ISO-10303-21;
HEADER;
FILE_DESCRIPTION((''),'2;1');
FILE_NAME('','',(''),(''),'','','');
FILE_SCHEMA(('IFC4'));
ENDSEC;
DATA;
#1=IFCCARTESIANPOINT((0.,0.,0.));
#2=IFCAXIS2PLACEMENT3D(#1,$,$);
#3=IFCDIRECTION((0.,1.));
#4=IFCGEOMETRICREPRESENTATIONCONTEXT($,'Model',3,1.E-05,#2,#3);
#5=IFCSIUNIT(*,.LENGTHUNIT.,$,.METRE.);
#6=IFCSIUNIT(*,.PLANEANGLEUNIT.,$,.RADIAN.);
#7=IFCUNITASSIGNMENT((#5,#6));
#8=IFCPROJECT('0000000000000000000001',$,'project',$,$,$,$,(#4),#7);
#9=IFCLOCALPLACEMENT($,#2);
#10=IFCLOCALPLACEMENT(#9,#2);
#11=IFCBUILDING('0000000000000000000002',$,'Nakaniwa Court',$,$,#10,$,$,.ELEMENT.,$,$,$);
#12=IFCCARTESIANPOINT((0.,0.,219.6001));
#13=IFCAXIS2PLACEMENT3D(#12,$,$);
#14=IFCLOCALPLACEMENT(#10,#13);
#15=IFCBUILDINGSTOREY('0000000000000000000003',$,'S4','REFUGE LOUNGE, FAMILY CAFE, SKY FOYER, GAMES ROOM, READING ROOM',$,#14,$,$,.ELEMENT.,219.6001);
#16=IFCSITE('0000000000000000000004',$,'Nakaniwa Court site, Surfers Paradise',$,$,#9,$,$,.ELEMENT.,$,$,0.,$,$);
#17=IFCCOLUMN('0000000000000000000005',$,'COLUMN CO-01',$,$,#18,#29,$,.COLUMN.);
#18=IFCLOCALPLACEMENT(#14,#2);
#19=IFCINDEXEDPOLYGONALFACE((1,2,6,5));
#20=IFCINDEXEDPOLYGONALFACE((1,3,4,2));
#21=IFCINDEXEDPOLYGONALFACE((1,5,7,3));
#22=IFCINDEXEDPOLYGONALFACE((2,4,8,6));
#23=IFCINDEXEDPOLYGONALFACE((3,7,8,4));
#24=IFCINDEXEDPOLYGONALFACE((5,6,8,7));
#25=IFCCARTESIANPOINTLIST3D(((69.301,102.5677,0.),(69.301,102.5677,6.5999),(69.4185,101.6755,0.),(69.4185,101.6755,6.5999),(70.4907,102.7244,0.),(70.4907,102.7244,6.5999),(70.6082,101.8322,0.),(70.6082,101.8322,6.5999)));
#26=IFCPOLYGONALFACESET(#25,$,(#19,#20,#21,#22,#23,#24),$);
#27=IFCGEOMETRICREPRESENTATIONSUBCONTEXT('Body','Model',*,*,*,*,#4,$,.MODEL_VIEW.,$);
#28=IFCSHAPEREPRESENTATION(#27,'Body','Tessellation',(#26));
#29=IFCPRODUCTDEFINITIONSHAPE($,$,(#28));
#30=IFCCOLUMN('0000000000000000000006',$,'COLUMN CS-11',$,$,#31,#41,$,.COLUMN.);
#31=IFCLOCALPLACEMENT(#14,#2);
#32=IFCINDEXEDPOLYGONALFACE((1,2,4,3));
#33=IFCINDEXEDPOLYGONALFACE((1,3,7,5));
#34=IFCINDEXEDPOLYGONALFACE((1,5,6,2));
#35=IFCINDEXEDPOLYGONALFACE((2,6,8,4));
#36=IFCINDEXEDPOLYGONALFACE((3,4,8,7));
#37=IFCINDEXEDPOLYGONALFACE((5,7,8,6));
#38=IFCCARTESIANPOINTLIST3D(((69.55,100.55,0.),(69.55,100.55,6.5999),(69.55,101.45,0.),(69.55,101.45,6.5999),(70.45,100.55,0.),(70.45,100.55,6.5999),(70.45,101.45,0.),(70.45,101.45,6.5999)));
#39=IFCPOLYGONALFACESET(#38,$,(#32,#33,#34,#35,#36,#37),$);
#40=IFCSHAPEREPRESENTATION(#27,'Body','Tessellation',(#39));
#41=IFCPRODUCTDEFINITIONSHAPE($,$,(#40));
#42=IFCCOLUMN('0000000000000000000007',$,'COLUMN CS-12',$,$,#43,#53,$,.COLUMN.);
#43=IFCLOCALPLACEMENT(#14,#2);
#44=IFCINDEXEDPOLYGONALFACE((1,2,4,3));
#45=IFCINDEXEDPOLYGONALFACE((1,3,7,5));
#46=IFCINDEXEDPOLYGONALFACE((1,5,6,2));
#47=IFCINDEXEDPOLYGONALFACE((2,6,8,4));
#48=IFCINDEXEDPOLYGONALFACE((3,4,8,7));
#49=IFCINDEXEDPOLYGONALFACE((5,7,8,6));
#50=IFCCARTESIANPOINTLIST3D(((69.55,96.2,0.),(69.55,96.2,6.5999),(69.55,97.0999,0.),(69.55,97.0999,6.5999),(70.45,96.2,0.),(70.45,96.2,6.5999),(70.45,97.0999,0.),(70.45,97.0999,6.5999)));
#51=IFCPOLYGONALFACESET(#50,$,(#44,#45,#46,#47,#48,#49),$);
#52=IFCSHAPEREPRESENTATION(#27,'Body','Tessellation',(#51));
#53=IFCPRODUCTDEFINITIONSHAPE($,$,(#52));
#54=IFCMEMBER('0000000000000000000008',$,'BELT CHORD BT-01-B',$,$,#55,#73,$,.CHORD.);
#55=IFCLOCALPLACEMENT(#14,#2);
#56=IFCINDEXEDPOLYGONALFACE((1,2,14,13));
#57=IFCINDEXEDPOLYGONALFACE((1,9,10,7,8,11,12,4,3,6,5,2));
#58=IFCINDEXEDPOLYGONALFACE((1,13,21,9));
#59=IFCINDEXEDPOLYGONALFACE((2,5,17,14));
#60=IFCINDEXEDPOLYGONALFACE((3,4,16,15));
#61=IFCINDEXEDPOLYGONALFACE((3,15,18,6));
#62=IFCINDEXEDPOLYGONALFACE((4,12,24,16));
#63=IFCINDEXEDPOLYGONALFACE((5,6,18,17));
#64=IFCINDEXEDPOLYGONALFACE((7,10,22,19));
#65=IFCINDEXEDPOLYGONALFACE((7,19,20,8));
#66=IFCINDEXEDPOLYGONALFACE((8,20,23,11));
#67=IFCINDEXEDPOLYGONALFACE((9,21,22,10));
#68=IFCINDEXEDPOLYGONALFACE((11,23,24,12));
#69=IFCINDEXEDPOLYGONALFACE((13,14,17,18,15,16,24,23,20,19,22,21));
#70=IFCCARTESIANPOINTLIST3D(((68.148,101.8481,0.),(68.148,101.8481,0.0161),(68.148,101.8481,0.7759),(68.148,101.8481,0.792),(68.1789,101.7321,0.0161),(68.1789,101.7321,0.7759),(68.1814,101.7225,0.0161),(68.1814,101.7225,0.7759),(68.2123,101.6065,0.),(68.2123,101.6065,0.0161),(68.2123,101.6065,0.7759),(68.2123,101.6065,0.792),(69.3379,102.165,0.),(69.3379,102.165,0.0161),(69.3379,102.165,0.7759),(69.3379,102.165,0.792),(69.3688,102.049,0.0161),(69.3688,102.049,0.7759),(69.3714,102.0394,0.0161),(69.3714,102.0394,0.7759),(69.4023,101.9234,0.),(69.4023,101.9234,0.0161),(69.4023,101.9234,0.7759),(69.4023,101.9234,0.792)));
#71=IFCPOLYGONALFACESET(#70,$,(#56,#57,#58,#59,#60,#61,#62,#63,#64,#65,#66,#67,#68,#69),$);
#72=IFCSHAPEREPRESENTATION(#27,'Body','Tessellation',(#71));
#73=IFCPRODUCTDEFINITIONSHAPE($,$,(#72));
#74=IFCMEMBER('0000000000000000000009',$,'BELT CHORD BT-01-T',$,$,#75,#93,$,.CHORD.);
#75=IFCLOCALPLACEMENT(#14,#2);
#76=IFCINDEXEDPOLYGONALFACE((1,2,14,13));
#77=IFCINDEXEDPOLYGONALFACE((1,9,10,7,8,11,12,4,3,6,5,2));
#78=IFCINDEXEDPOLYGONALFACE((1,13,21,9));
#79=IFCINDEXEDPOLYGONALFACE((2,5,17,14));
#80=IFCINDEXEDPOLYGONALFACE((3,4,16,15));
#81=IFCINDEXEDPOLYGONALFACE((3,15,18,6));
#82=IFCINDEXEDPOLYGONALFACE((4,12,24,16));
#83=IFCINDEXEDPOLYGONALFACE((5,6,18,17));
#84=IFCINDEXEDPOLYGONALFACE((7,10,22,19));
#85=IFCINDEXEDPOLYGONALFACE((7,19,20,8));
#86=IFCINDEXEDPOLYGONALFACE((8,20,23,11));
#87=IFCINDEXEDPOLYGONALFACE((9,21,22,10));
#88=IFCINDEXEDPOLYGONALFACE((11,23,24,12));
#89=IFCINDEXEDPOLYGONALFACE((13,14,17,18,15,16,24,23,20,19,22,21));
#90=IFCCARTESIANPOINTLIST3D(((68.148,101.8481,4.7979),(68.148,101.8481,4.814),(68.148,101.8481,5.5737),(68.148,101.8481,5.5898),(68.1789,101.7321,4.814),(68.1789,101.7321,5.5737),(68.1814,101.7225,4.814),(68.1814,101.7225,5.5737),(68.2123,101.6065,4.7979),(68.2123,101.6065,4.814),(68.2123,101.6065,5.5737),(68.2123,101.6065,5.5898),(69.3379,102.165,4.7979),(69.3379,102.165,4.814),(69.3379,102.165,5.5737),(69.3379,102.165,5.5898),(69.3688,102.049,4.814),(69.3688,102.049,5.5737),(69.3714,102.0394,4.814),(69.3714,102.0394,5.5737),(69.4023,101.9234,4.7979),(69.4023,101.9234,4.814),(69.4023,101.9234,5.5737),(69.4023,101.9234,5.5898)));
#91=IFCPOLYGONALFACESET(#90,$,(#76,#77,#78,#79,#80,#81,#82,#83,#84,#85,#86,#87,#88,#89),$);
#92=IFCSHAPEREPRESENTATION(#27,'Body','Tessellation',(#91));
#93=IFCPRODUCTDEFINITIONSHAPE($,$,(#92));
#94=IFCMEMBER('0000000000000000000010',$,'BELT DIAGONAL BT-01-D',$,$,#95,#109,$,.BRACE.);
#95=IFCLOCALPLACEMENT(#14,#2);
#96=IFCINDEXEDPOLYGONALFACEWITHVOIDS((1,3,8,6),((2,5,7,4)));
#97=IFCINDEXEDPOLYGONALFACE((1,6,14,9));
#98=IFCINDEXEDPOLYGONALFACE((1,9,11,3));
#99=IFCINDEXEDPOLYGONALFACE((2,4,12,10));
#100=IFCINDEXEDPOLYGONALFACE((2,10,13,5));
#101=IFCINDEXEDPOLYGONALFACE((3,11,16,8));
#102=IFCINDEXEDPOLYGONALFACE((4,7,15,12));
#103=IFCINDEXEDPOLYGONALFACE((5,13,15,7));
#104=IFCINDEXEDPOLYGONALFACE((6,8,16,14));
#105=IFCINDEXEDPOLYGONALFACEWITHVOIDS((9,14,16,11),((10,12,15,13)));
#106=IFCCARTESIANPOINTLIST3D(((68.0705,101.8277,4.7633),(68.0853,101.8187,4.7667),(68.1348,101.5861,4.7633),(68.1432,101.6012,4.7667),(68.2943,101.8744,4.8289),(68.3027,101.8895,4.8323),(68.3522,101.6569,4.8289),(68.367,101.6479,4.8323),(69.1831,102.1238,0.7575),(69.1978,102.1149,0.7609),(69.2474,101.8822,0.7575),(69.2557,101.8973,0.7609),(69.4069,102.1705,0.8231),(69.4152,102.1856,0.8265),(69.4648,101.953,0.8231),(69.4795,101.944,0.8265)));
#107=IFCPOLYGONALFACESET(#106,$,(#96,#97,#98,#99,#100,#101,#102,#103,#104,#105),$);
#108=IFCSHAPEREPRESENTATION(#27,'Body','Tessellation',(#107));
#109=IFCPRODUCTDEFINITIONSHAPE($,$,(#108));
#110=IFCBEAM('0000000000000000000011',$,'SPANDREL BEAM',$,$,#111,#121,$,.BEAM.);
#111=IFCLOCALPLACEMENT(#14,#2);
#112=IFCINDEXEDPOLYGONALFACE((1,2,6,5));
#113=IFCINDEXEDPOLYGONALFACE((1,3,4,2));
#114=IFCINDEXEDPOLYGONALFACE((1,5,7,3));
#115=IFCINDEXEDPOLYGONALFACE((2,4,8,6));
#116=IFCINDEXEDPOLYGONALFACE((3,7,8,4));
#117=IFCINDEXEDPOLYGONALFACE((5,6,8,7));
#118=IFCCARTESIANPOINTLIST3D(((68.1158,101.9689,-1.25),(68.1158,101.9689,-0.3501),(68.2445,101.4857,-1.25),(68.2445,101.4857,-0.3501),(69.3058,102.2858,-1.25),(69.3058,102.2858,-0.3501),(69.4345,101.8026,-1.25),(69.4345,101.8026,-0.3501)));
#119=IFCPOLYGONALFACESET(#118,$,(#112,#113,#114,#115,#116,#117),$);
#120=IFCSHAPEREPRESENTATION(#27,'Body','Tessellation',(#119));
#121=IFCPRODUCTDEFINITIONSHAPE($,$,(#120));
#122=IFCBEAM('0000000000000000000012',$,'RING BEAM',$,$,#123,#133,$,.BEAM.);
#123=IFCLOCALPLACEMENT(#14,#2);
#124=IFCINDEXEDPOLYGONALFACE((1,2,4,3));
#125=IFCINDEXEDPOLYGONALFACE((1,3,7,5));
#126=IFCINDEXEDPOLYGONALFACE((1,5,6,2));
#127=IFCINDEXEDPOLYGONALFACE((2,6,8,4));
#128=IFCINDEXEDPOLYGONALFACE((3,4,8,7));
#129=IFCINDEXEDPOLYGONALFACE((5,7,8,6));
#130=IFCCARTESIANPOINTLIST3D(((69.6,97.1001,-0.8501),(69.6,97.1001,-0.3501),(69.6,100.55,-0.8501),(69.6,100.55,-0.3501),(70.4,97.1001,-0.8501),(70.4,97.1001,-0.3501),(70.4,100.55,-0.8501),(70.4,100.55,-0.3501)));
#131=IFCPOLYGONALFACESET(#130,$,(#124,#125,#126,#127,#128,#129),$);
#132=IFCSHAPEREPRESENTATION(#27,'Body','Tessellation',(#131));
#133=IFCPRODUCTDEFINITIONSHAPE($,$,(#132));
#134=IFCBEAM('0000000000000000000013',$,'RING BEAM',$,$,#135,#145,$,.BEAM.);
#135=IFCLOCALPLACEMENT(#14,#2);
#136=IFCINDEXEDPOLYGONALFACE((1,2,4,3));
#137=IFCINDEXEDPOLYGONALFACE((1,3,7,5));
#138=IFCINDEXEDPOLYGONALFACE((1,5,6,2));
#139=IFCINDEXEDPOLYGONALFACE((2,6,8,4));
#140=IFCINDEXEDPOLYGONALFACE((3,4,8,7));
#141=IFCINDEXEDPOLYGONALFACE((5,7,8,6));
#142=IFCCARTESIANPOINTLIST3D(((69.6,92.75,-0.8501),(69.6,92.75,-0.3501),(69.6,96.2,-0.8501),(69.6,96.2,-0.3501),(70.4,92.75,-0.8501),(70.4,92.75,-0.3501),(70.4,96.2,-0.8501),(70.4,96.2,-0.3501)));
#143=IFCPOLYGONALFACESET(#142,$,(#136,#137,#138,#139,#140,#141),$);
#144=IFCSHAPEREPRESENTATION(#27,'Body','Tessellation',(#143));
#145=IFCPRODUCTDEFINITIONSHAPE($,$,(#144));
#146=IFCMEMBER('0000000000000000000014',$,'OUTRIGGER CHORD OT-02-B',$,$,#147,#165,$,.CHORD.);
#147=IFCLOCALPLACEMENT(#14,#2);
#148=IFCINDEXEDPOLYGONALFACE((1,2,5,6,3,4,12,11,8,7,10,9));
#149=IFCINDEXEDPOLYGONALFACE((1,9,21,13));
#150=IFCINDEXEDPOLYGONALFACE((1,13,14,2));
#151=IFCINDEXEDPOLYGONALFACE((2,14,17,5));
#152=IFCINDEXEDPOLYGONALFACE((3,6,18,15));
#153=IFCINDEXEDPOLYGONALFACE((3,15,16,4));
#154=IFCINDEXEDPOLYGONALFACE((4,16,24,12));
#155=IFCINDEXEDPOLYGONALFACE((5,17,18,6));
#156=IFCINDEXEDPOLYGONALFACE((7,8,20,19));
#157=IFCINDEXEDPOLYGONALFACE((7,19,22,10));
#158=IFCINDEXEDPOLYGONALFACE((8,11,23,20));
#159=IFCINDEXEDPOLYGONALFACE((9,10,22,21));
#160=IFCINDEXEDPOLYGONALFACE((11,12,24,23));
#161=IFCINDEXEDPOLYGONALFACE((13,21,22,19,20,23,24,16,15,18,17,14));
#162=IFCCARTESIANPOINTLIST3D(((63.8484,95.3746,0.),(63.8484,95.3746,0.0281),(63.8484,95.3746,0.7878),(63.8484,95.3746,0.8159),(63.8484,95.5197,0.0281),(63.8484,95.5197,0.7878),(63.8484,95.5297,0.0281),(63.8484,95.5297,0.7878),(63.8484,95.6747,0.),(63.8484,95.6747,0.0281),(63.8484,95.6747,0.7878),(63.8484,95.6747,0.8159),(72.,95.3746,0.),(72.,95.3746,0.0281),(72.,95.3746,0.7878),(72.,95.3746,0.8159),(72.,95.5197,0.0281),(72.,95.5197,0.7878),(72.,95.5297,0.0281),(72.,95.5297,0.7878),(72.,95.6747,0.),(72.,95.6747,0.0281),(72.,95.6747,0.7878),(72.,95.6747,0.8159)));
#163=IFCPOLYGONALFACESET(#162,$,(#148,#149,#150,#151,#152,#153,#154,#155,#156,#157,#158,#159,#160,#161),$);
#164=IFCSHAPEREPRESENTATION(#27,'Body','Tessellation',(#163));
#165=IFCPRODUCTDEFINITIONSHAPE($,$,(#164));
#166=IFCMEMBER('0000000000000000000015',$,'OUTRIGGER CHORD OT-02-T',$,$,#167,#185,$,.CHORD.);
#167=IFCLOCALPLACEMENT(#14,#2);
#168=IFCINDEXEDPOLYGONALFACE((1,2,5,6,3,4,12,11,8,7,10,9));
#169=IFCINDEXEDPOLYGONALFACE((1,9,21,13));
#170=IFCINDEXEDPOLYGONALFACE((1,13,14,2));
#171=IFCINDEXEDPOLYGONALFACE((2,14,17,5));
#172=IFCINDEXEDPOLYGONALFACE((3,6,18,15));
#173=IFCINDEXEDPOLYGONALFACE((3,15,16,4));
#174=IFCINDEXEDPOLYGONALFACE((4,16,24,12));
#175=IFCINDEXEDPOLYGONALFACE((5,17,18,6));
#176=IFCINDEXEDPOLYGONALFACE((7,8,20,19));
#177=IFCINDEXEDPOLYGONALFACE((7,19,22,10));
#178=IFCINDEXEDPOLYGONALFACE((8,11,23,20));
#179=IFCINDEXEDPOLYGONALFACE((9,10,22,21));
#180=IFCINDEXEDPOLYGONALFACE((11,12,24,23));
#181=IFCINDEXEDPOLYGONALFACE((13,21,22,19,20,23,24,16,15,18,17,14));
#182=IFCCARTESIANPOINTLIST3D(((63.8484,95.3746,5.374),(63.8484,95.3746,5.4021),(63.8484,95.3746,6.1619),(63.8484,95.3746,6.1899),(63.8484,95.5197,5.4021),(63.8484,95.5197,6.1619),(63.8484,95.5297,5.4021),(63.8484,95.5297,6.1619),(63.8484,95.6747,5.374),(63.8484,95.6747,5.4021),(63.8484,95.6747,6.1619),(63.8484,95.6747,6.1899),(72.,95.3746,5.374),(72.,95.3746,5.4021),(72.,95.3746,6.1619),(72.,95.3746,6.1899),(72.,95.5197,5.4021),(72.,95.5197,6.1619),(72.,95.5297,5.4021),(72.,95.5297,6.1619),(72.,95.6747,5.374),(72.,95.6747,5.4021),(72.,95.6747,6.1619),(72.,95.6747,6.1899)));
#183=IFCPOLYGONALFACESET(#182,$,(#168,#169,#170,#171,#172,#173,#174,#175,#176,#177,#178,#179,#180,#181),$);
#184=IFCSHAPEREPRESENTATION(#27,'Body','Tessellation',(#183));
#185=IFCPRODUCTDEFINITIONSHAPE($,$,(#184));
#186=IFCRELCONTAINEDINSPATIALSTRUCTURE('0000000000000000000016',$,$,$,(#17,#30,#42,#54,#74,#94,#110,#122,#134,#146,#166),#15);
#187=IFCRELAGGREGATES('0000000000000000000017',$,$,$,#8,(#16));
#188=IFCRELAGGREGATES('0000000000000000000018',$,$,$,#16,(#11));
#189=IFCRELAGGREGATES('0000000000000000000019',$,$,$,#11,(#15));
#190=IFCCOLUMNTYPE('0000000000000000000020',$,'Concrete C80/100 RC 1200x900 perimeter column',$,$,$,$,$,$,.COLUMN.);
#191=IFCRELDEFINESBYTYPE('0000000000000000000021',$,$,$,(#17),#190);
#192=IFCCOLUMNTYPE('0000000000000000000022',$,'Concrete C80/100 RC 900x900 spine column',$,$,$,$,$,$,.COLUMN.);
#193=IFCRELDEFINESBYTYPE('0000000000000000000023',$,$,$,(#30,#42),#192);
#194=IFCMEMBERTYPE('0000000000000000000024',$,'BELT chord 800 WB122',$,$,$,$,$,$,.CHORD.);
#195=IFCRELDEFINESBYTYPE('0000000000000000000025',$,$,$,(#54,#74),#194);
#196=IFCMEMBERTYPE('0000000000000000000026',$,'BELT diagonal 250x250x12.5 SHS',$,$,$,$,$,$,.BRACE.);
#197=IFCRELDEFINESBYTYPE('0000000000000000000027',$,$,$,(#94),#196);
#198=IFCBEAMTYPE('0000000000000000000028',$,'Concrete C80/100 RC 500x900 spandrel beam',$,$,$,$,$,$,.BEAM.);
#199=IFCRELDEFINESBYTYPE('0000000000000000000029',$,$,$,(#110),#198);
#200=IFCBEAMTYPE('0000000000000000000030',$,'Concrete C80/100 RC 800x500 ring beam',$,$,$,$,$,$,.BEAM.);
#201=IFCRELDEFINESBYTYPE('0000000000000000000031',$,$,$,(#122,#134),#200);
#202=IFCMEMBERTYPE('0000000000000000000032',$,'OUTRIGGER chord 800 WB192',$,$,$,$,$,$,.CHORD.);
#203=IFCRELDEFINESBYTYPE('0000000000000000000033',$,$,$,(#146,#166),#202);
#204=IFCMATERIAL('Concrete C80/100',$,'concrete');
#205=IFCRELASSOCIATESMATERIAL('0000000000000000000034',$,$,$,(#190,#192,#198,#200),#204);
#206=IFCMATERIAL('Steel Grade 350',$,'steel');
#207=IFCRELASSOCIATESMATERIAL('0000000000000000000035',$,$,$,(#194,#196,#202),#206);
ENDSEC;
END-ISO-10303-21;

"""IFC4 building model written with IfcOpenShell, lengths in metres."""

from ifc_helpers import new_model, si_unit, direction, frame, origin, origin_2d, place, context, subcontext, project, spatial, rectangle, hollow_rectangle, i_section, extrude, material, material_profile, profile_set, type_object, element, save


model = new_model("IFC4")

# Units and contexts
model_context = context("Model", 3, precision=1e-05, world=origin(), true_north=direction((0.0, 1.0)))
body_context = subcontext(model_context, "Body", "Model", "MODEL_VIEW")
ifc_project = project(units=[si_unit("LENGTHUNIT", "METRE"), si_unit("PLANEANGLEUNIT", "RADIAN")], contexts=[model_context])

# Site, building, storey
site_placement = place(None, origin())
site = spatial("IfcSite", under=ifc_project, at=site_placement, Name="Nakaniwa Court site, Surfers Paradise", CompositionType="ELEMENT", RefElevation=0.0)
building_placement = place(site_placement, origin())
building = spatial("IfcBuilding", under=site, at=building_placement, Name="Nakaniwa Court", CompositionType="ELEMENT")
storey_placement = place(building_placement, frame((0.0, 0.0, 219.6001)))
storey = spatial("IfcBuildingStorey", under=building, at=storey_placement, Name="S4", Description="REFUGE LOUNGE, FAMILY CAFE, SKY FOYER, GAMES ROOM, READING ROOM", CompositionType="ELEMENT", Elevation=219.6001)

# Columns
ifc_material_1 = material(Name="Concrete C80/100", Category="concrete")
ifc_material_profile_1 = material_profile(ifc_material_1, rectangle(XDim=1.2, YDim=0.8999, at=origin_2d()), Name="Concrete C80/100 RC 1200x900 perimeter column")
ifc_profile_set_1 = profile_set([ifc_material_profile_1], Name="Concrete C80/100")
column_type_1 = type_object("IfcColumnType", Name="Concrete C80/100 RC 1200x900 perimeter column", PredefinedType="COLUMN", material=ifc_profile_set_1)
column_placement = place(storey_placement, frame((69.9546, 102.2, 0.0), z_axis=(0.0, 0.0, 1.0), x_axis=(-0.991443, -0.130543, 0.0)))
element("IfcColumn", 1, at=column_placement, inside=storey, type_object=column_type_1, Name="COLUMN CO-01", PredefinedType="COLUMN", context=body_context, shape_type="SweptSolid", body=[
    extrude(rectangle(XDim=1.2, YDim=0.8999, at=origin_2d()), origin(), (0.0, 0.0, 1.0), 6.5999),
])
ifc_material_profile_2 = material_profile(ifc_material_1, rectangle(XDim=0.8999, YDim=0.8999, at=origin_2d()), Name="Concrete C80/100 RC 900x900 spine column")
ifc_profile_set_2 = profile_set([ifc_material_profile_2], Name="Concrete C80/100")
column_type_2 = type_object("IfcColumnType", Name="Concrete C80/100 RC 900x900 spine column", PredefinedType="COLUMN", material=ifc_profile_set_2)
for number, where, z_axis, x_axis, name in (
    (2, (70.0, 101.0, 0.0), (0.0, 0.0, 1.0), (0.0, -1.0, 0.0), "COLUMN CS-11"),
    (3, (70.0, 96.6499, 0.0), (0.0, 0.0, 1.0), (0.0, -1.0, 0.0), "COLUMN CS-12"),
):
    element("IfcColumn", number, at=place(storey_placement, frame(where, z_axis=z_axis, x_axis=x_axis)), inside=storey, type_object=column_type_2, Name=name, PredefinedType="COLUMN", context=body_context, shape_type="SweptSolid", body=[
        extrude(rectangle(XDim=0.8999, YDim=0.8999, at=origin_2d()), origin(), (0.0, 0.0, 1.0), 6.5999),
    ])

# Members
ifc_material_2 = material(Name="Steel Grade 350", Category="steel")
ifc_material_profile_3 = material_profile(ifc_material_2, i_section(OverallWidth=0.25, OverallDepth=0.792, WebThickness=0.01, FlangeThickness=0.0161, at=origin_2d()), Name="800WB122")
ifc_profile_set_3 = profile_set([ifc_material_profile_3], Name="Steel Grade 350")
member_type_1 = type_object("IfcMemberType", Name="BELT chord 800 WB122", PredefinedType="CHORD", material=ifc_profile_set_3)
for number, where, z_axis, x_axis, name in (
    (4, (69.3701, 102.0442, 0.396), (-0.96632, -0.257342, 0.0), (0.257342, -0.96632, 0.0), "BELT CHORD BT-01-B"),
    (5, (69.3701, 102.0442, 5.1938), (-0.96632, -0.257342, 0.0), (0.257342, -0.96632, 0.0), "BELT CHORD BT-01-T"),
):
    element("IfcMember", number, at=place(storey_placement, frame(where, z_axis=z_axis, x_axis=x_axis)), inside=storey, type_object=member_type_1, Name=name, PredefinedType="CHORD", context=body_context, shape_type="SweptSolid", body=[
        extrude(i_section(OverallWidth=0.25, OverallDepth=0.792, WebThickness=0.01, FlangeThickness=0.0161, at=origin_2d()), origin(), (0.0, 0.0, 1.0), 1.2314),
    ])
ifc_material_profile_4 = material_profile(ifc_material_2, hollow_rectangle(XDim=0.25, YDim=0.25, WallThickness=0.0125, at=origin_2d()), Name="BELT diagonal 250x250x12.5 SHS")
ifc_profile_set_4 = profile_set([ifc_material_profile_4], Name="Steel Grade 350")
member_type_2 = type_object("IfcMemberType", Name="BELT diagonal 250x250x12.5 SHS", PredefinedType="BRACE", material=ifc_profile_set_4)
member_1_placement = place(storey_placement, frame((69.3313, 102.0339, 0.792), z_axis=(-0.266925, -0.071051, 0.961095), x_axis=(0.257227, -0.966351, 0.0)))
element("IfcMember", 6, at=member_1_placement, inside=storey, type_object=member_type_2, Name="BELT DIAGONAL BT-01-D", PredefinedType="BRACE", context=body_context, shape_type="SweptSolid", body=[
    extrude(hollow_rectangle(XDim=0.25, YDim=0.25, WallThickness=0.0125, at=origin_2d()), origin(), (0.0, 0.0, 1.0), 4.168),
])

# Beams
ifc_material_profile_5 = material_profile(ifc_material_1, rectangle(XDim=0.5, YDim=0.8999, at=origin_2d()), Name="Concrete C80/100 RC 500x900 spandrel beam")
ifc_profile_set_5 = profile_set([ifc_material_profile_5], Name="Concrete C80/100")
beam_type_1 = type_object("IfcBeamType", Name="Concrete C80/100 RC 500x900 spandrel beam", PredefinedType="BEAM", material=ifc_profile_set_5)
beam_placement = place(storey_placement, frame((69.3701, 102.0442, -0.8), z_axis=(-0.96632, -0.257342, 0.0), x_axis=(0.257342, -0.96632, 0.0)))
element("IfcBeam", 7, at=beam_placement, inside=storey, type_object=beam_type_1, Name="SPANDREL BEAM", PredefinedType="BEAM", context=body_context, shape_type="SweptSolid", body=[
    extrude(rectangle(XDim=0.5, YDim=0.8999, at=origin_2d()), origin(), (0.0, 0.0, 1.0), 1.2314),
])
ifc_material_profile_6 = material_profile(ifc_material_1, rectangle(XDim=0.8, YDim=0.5, at=origin_2d()), Name="Concrete C80/100 RC 800x500 ring beam")
ifc_profile_set_6 = profile_set([ifc_material_profile_6], Name="Concrete C80/100")
beam_type_2 = type_object("IfcBeamType", Name="Concrete C80/100 RC 800x500 ring beam", PredefinedType="BEAM", material=ifc_profile_set_6)
for number, where, z_axis, x_axis, name in (
    (8, (70.0, 100.55, -0.6001), (0.0, -1.0, 0.0), (1.0, 0.0, 0.0), "RING BEAM"),
    (9, (70.0, 96.2, -0.6001), (0.0, -1.0, 0.0), (1.0, 0.0, 0.0), "RING BEAM"),
):
    element("IfcBeam", number, at=place(storey_placement, frame(where, z_axis=z_axis, x_axis=x_axis)), inside=storey, type_object=beam_type_2, Name=name, PredefinedType="BEAM", context=body_context, shape_type="SweptSolid", body=[
        extrude(rectangle(XDim=0.8, YDim=0.5, at=origin_2d()), origin(), (0.0, 0.0, 1.0), 3.45),
    ])

# Members
ifc_material_profile_7 = material_profile(ifc_material_2, i_section(OverallWidth=0.3, OverallDepth=0.8159, WebThickness=0.01, FlangeThickness=0.0281, at=origin_2d()), Name="800WB192")
ifc_profile_set_7 = profile_set([ifc_material_profile_7], Name="Steel Grade 350")
member_type_3 = type_object("IfcMemberType", Name="OUTRIGGER chord 800 WB192", PredefinedType="CHORD", material=ifc_profile_set_7)
for number, where, z_axis, x_axis, name in (
    (10, (72.0, 95.5247, 0.408), (-1.0, 0.0, 0.0), (0.0, -1.0, 0.0), "OUTRIGGER CHORD OT-02-B"),
    (11, (72.0, 95.5247, 5.782), (-1.0, 0.0, 0.0), (0.0, -1.0, 0.0), "OUTRIGGER CHORD OT-02-T"),
):
    element("IfcMember", number, at=place(storey_placement, frame(where, z_axis=z_axis, x_axis=x_axis)), inside=storey, type_object=member_type_3, Name=name, PredefinedType="CHORD", context=body_context, shape_type="SweptSolid", body=[
        extrude(i_section(OverallWidth=0.3, OverallDepth=0.8159, WebThickness=0.01, FlangeThickness=0.0281, at=origin_2d()), origin(), (0.0, 0.0, 1.0), 8.1516),
    ])

save(model, "model.ifc")
